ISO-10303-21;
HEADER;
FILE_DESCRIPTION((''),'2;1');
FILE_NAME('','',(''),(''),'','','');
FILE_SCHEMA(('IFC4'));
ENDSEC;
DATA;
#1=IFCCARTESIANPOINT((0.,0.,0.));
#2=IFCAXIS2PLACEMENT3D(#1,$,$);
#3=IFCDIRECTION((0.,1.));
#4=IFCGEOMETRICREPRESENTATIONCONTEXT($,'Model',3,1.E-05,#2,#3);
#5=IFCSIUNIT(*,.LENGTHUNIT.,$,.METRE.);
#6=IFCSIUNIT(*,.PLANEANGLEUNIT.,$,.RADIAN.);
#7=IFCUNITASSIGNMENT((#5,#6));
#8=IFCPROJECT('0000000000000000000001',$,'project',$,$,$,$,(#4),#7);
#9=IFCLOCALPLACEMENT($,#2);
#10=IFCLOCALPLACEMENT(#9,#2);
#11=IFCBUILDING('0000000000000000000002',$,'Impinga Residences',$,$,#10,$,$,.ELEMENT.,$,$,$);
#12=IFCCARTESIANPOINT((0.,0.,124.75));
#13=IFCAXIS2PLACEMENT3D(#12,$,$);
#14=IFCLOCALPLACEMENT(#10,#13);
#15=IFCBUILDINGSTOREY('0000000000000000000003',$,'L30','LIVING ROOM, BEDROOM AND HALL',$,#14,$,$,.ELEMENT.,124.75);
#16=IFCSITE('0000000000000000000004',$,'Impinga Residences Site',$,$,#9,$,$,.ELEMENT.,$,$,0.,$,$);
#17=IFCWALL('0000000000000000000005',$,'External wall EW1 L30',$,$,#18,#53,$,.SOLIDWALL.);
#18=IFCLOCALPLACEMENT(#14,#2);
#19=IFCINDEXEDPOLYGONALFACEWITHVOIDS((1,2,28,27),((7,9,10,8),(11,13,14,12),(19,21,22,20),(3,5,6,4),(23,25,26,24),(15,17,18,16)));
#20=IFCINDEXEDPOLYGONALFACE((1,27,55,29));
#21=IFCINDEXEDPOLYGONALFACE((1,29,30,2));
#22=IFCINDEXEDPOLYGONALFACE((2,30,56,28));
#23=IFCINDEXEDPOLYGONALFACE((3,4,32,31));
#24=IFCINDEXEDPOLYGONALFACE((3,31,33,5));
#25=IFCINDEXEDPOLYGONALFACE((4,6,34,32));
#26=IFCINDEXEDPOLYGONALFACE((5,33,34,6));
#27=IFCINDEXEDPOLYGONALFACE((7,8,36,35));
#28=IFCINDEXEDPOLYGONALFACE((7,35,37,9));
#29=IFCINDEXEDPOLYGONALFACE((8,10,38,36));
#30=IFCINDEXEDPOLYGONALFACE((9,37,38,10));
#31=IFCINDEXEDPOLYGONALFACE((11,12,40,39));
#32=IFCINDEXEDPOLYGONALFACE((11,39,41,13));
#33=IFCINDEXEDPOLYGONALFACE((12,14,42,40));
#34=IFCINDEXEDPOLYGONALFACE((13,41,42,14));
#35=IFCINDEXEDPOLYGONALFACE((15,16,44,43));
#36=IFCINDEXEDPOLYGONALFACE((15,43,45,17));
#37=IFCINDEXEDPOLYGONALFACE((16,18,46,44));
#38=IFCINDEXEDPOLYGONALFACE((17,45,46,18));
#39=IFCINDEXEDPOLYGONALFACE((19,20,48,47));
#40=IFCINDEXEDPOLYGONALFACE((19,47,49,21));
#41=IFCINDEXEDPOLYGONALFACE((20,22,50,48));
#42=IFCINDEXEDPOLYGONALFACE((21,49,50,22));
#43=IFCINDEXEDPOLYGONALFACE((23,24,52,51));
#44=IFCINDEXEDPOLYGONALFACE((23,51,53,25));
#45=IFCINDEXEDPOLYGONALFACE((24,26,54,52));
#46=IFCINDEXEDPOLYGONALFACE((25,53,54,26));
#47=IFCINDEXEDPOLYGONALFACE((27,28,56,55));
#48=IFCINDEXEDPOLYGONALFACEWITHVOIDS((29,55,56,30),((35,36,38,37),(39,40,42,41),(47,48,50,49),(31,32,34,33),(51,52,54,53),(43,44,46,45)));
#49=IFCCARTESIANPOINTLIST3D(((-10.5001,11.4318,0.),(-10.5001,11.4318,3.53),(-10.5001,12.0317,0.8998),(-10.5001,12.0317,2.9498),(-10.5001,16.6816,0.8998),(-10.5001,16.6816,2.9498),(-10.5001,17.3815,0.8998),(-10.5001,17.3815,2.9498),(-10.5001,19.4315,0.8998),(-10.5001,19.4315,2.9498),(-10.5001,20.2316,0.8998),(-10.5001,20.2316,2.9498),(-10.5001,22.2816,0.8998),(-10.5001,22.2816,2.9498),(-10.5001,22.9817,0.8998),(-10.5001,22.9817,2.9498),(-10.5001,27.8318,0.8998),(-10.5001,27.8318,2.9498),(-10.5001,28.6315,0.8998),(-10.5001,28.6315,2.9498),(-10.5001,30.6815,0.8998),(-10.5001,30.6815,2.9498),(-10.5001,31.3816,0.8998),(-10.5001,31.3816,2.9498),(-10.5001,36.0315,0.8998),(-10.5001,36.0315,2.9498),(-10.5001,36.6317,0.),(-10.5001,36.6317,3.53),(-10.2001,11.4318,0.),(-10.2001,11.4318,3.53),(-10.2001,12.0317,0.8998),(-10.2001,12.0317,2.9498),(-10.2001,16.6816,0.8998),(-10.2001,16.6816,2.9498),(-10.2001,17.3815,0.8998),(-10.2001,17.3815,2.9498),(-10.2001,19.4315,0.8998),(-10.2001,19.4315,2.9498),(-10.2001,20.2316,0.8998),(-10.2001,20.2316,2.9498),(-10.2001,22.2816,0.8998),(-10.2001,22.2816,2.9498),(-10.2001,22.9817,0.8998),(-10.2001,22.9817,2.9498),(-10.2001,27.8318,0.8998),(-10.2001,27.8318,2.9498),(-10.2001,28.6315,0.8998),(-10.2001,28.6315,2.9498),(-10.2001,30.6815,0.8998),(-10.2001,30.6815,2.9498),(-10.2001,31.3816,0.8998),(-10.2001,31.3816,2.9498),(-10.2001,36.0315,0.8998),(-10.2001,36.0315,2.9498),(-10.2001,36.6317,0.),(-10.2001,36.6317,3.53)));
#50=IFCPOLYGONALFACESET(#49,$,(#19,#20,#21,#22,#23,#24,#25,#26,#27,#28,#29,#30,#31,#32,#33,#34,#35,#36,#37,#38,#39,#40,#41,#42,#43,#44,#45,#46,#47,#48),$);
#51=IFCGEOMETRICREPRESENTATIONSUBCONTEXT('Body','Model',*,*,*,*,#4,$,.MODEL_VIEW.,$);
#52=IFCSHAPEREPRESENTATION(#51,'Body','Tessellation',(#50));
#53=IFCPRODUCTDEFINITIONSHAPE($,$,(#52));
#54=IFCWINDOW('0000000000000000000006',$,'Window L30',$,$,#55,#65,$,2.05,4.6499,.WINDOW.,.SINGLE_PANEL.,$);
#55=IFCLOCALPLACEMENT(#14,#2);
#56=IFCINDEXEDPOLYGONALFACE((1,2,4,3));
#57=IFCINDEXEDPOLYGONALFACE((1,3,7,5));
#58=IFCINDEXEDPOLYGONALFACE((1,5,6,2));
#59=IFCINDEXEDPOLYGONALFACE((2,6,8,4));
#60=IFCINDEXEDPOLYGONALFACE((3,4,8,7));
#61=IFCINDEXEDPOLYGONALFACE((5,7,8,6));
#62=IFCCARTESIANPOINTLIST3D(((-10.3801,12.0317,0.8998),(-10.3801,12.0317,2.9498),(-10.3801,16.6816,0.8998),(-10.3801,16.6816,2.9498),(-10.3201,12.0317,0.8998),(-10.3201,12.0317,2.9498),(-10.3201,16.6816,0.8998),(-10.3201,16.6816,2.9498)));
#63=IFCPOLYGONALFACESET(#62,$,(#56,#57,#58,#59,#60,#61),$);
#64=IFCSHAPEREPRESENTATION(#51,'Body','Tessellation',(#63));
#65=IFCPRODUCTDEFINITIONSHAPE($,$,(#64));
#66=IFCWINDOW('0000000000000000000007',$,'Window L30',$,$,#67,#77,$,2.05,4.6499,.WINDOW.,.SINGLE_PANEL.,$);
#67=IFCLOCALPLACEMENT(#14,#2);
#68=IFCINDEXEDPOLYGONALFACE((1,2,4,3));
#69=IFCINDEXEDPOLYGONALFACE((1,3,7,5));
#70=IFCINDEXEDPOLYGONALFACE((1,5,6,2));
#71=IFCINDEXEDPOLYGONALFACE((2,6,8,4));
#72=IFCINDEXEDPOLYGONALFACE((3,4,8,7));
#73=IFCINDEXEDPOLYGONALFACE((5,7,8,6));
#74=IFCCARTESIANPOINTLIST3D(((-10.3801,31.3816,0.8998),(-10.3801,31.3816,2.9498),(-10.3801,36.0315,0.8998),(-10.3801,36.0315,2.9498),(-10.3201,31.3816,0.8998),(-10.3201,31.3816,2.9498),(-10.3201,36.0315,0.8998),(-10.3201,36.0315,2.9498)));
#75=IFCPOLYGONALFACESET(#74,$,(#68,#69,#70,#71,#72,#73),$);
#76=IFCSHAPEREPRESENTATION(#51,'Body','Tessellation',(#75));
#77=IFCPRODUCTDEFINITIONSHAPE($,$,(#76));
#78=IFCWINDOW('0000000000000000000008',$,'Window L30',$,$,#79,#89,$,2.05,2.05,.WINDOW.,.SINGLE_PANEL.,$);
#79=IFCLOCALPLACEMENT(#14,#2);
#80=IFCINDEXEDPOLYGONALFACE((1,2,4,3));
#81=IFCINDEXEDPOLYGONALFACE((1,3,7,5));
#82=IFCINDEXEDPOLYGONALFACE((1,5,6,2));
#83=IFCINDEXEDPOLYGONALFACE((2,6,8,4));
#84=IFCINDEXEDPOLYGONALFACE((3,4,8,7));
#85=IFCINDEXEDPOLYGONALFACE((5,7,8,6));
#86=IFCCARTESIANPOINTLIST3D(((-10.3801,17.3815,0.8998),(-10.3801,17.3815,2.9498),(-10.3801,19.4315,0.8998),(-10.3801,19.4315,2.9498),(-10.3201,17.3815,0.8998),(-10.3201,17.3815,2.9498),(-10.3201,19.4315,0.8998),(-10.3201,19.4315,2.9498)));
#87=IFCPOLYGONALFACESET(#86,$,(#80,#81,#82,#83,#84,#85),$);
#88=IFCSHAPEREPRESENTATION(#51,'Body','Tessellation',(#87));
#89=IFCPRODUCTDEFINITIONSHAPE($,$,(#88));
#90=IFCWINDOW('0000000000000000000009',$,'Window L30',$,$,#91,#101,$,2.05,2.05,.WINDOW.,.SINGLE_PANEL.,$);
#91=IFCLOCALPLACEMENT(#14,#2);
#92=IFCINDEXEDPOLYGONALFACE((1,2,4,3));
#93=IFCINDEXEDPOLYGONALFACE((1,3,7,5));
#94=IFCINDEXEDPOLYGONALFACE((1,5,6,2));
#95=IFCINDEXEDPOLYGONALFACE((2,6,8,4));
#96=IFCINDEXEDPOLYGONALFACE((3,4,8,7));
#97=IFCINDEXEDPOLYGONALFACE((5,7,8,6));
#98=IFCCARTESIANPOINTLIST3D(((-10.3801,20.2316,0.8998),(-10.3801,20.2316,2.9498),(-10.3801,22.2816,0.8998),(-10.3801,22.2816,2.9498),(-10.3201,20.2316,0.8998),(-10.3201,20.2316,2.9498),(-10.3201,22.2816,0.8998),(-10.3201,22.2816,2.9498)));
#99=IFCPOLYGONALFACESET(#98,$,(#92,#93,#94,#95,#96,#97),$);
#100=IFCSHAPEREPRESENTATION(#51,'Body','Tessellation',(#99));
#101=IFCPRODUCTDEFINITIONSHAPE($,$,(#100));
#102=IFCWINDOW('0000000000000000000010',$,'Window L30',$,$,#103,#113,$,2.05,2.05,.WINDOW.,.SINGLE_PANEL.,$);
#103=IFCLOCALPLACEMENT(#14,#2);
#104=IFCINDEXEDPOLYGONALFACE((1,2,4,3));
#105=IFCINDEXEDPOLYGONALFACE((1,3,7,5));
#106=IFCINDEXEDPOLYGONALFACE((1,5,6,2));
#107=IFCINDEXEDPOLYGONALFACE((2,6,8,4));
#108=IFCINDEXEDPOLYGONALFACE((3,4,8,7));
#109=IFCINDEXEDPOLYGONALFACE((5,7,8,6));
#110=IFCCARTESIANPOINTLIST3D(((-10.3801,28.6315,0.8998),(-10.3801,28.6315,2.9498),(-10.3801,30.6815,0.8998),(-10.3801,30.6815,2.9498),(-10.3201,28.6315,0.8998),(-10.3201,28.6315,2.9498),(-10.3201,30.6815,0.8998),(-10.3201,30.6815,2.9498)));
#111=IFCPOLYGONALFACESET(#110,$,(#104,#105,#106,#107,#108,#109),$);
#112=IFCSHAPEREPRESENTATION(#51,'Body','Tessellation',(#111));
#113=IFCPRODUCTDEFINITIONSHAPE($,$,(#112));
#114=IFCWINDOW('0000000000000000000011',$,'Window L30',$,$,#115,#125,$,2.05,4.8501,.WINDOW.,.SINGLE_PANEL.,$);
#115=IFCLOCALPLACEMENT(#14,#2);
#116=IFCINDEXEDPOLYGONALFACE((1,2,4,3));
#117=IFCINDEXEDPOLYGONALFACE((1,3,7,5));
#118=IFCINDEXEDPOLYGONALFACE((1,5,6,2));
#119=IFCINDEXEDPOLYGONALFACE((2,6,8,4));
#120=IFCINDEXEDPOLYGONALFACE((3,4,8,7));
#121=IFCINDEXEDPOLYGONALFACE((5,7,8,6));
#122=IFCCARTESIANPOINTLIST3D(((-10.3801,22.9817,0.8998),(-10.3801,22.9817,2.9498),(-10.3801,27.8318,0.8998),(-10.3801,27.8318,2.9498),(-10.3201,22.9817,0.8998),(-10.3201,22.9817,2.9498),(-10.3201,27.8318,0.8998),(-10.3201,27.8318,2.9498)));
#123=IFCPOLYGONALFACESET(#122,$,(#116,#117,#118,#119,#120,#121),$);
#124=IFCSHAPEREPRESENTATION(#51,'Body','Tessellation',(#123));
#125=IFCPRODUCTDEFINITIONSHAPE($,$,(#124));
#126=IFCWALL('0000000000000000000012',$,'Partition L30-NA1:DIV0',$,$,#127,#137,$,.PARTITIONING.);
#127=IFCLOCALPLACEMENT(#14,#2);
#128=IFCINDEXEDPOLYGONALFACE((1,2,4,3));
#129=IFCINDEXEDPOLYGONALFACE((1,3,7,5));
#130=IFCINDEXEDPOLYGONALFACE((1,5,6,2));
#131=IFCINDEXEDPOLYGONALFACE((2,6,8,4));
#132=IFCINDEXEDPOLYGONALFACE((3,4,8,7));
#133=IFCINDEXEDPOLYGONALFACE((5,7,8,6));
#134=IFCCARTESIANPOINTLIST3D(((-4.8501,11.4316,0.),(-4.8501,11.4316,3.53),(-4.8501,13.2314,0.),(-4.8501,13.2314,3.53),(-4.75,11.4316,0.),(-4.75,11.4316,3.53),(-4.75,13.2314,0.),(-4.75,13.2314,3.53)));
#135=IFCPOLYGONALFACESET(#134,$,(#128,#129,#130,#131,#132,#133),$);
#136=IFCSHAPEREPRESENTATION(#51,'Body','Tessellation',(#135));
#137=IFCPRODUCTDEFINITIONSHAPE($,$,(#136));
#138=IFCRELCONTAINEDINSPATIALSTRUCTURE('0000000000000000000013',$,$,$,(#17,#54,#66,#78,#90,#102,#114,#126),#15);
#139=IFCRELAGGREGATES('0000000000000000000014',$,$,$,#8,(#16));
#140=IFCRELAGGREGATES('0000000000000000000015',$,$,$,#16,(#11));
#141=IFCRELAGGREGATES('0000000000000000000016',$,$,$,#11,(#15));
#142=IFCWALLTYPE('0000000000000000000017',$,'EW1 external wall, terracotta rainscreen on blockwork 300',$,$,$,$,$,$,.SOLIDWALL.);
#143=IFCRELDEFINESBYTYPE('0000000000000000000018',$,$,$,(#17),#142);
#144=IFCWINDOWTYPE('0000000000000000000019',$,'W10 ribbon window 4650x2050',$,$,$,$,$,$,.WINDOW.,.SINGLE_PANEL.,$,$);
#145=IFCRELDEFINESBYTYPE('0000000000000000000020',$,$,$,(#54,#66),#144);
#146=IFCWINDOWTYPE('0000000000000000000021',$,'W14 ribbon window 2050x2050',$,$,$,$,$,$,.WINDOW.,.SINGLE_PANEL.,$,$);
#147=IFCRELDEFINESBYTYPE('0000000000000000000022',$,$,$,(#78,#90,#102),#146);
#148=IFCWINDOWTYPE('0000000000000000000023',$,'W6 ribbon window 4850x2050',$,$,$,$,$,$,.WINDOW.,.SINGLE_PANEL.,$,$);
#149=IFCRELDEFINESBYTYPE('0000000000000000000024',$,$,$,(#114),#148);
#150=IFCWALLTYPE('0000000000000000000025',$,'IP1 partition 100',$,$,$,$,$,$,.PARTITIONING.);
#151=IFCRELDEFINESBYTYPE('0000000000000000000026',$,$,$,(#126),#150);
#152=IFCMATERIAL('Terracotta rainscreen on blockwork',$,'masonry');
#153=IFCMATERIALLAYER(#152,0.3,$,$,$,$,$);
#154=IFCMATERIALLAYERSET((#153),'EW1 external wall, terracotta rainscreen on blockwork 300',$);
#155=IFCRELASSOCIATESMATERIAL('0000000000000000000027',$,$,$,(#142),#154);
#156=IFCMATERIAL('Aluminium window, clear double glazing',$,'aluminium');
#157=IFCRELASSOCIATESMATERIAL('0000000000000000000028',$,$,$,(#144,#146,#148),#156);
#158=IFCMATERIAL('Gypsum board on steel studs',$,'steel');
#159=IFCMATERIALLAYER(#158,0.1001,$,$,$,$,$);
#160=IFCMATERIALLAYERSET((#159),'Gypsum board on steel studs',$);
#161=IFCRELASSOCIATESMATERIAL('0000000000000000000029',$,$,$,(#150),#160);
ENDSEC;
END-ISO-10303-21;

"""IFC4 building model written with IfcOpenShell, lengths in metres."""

from ifc_helpers import new_model, si_unit, direction, frame, frame_2d, origin, place, context, subcontext, project, spatial, rectangle, extrude, material, layer, layer_set, type_object, element, fill, save


model = new_model("IFC4")

# Units and contexts
model_context = context("Model", 3, precision=1e-05, world=origin(), true_north=direction((0.0, 1.0)))
body_context = subcontext(model_context, "Body", "Model", "MODEL_VIEW")
ifc_project = project(units=[si_unit("LENGTHUNIT", "METRE"), si_unit("PLANEANGLEUNIT", "RADIAN")], contexts=[model_context])

# Site, building, storey
site_placement = place(None, origin())
site = spatial("IfcSite", under=ifc_project, at=site_placement, Name="Impinga Residences Site", CompositionType="ELEMENT", RefElevation=0.0)
building_placement = place(site_placement, origin())
building = spatial("IfcBuilding", under=site, at=building_placement, Name="Impinga Residences", CompositionType="ELEMENT")
storey_placement = place(building_placement, frame((0.0, 0.0, 124.75)))
storey = spatial("IfcBuildingStorey", under=building, at=storey_placement, Name="L30", Description="LIVING ROOM, BEDROOM AND HALL", CompositionType="ELEMENT", Elevation=124.75)

# Shared definitions
ifc_material_1 = material(Name="Terracotta rainscreen on blockwork", Category="masonry")
ifc_layer_1 = layer(ifc_material_1, 0.3)
ifc_layer_set_1 = layer_set([ifc_layer_1], Name="EW1 external wall, terracotta rainscreen on blockwork 300")
wall_type_1 = type_object("IfcWallType", Name="EW1 external wall, terracotta rainscreen on blockwork 300", PredefinedType="SOLIDWALL", material=ifc_layer_set_1)

# Wall, openings, windows
wall_1_placement = place(storey_placement, frame((-10.3501, 11.4316, 0.0), z_axis=(0.0, 0.0, 1.0), x_axis=(0.0, 1.0, 0.0)))
wall_1 = element("IfcWall", 1, at=wall_1_placement, inside=storey, type_object=wall_type_1, Name="External wall EW1 L30", PredefinedType="SOLIDWALL", context=body_context, shape_type="SweptSolid", body=[
    extrude(rectangle(XDim=25.2, YDim=0.3, at=frame_2d((12.6001, 0.0))), origin(), (0.0, 0.0, 1.0), 3.53),
])
opening_1_placement = place(wall_1_placement, frame((0.6001, 0.0, 0.8999)))
opening_1 = element("IfcOpeningElement", 2, at=opening_1_placement, cuts=wall_1, PredefinedType="OPENING", context=body_context, shape_type="SweptSolid", body=[
    extrude(rectangle(XDim=4.6499, YDim=2.05, at=frame_2d((2.325, 1.0249))), frame((0.0, 0.1599, 0.0), z_axis=(0.0, -1.0, 0.0), x_axis=(1.0, 0.0, 0.0)), (0.0, 0.0, 1.0), 0.3201),
])
opening_2_placement = place(wall_1_placement, frame((5.95, 0.0, 0.8999)))
opening_2 = element("IfcOpeningElement", 3, at=opening_2_placement, cuts=wall_1, PredefinedType="OPENING", context=body_context, shape_type="SweptSolid", body=[
    extrude(rectangle(XDim=2.05, YDim=2.05, at=frame_2d((1.0249, 1.0249))), frame((0.0, 0.1599, 0.0), z_axis=(0.0, -1.0, 0.0), x_axis=(1.0, 0.0, 0.0)), (0.0, 0.0, 1.0), 0.3201),
])
opening_3_placement = place(wall_1_placement, frame((8.8, 0.0, 0.8999)))
opening_3 = element("IfcOpeningElement", 4, at=opening_3_placement, cuts=wall_1, PredefinedType="OPENING", context=body_context, shape_type="SweptSolid", body=[
    extrude(rectangle(XDim=2.05, YDim=2.05, at=frame_2d((1.0249, 1.0249))), frame((0.0, 0.1599, 0.0), z_axis=(0.0, -1.0, 0.0), x_axis=(1.0, 0.0, 0.0)), (0.0, 0.0, 1.0), 0.3201),
])
opening_4_placement = place(wall_1_placement, frame((11.55, 0.0, 0.8999)))
opening_4 = element("IfcOpeningElement", 5, at=opening_4_placement, cuts=wall_1, PredefinedType="OPENING", context=body_context, shape_type="SweptSolid", body=[
    extrude(rectangle(XDim=4.8501, YDim=2.05, at=frame_2d((2.425, 1.0249))), frame((0.0, 0.1599, 0.0), z_axis=(0.0, -1.0, 0.0), x_axis=(1.0, 0.0, 0.0)), (0.0, 0.0, 1.0), 0.3201),
])
opening_5_placement = place(wall_1_placement, frame((17.2, 0.0, 0.8999)))
opening_5 = element("IfcOpeningElement", 6, at=opening_5_placement, cuts=wall_1, PredefinedType="OPENING", context=body_context, shape_type="SweptSolid", body=[
    extrude(rectangle(XDim=2.05, YDim=2.05, at=frame_2d((1.0249, 1.0249))), frame((0.0, 0.1599, 0.0), z_axis=(0.0, -1.0, 0.0), x_axis=(1.0, 0.0, 0.0)), (0.0, 0.0, 1.0), 0.3201),
])
opening_6_placement = place(wall_1_placement, frame((19.95, 0.0, 0.8999)))
opening_6 = element("IfcOpeningElement", 7, at=opening_6_placement, cuts=wall_1, PredefinedType="OPENING", context=body_context, shape_type="SweptSolid", body=[
    extrude(rectangle(XDim=4.6499, YDim=2.05, at=frame_2d((2.325, 1.0249))), frame((0.0, 0.1599, 0.0), z_axis=(0.0, -1.0, 0.0), x_axis=(1.0, 0.0, 0.0)), (0.0, 0.0, 1.0), 0.3201),
])
ifc_material_2 = material(Name="Aluminium window, clear double glazing", Category="aluminium")
window_type_1 = type_object("IfcWindowType", Name="W10 ribbon window 4650x2050", PartitioningType="SINGLE_PANEL", PredefinedType="WINDOW", material=ifc_material_2)
window_1_placement = place(opening_1_placement, origin())
window_1 = element("IfcWindow", 8, at=window_1_placement, inside=storey, type_object=window_type_1, Name="Window L30", OverallHeight=2.05, OverallWidth=4.6499, PartitioningType="SINGLE_PANEL", PredefinedType="WINDOW", context=body_context, shape_type="SweptSolid", body=[
    extrude(rectangle(XDim=4.6499, YDim=2.05, at=frame_2d((2.325, 1.0249))), frame((0.0, 0.03, 0.0), z_axis=(0.0, -1.0, 0.0), x_axis=(1.0, 0.0, 0.0)), (0.0, 0.0, 1.0), 0.0601),
])
fill(opening_1, window_1)
window_2_placement = place(opening_6_placement, origin())
window_2 = element("IfcWindow", 9, at=window_2_placement, inside=storey, type_object=window_type_1, Name="Window L30", OverallHeight=2.05, OverallWidth=4.6499, PartitioningType="SINGLE_PANEL", PredefinedType="WINDOW", context=body_context, shape_type="SweptSolid", body=[
    extrude(rectangle(XDim=4.6499, YDim=2.05, at=frame_2d((2.325, 1.0249))), frame((0.0, 0.03, 0.0), z_axis=(0.0, -1.0, 0.0), x_axis=(1.0, 0.0, 0.0)), (0.0, 0.0, 1.0), 0.0601),
])
fill(opening_6, window_2)
window_type_2 = type_object("IfcWindowType", Name="W14 ribbon window 2050x2050", PartitioningType="SINGLE_PANEL", PredefinedType="WINDOW", material=ifc_material_2)
window_3_placement = place(opening_2_placement, origin())
window_3 = element("IfcWindow", 10, at=window_3_placement, inside=storey, type_object=window_type_2, Name="Window L30", OverallHeight=2.05, OverallWidth=2.05, PartitioningType="SINGLE_PANEL", PredefinedType="WINDOW", context=body_context, shape_type="SweptSolid", body=[
    extrude(rectangle(XDim=2.05, YDim=2.05, at=frame_2d((1.0249, 1.0249))), frame((0.0, 0.03, 0.0), z_axis=(0.0, -1.0, 0.0), x_axis=(1.0, 0.0, 0.0)), (0.0, 0.0, 1.0), 0.0601),
])
fill(opening_2, window_3)
window_4_placement = place(opening_3_placement, origin())
window_4 = element("IfcWindow", 11, at=window_4_placement, inside=storey, type_object=window_type_2, Name="Window L30", OverallHeight=2.05, OverallWidth=2.05, PartitioningType="SINGLE_PANEL", PredefinedType="WINDOW", context=body_context, shape_type="SweptSolid", body=[
    extrude(rectangle(XDim=2.05, YDim=2.05, at=frame_2d((1.0249, 1.0249))), frame((0.0, 0.03, 0.0), z_axis=(0.0, -1.0, 0.0), x_axis=(1.0, 0.0, 0.0)), (0.0, 0.0, 1.0), 0.0601),
])
fill(opening_3, window_4)
window_5_placement = place(opening_5_placement, origin())
window_5 = element("IfcWindow", 12, at=window_5_placement, inside=storey, type_object=window_type_2, Name="Window L30", OverallHeight=2.05, OverallWidth=2.05, PartitioningType="SINGLE_PANEL", PredefinedType="WINDOW", context=body_context, shape_type="SweptSolid", body=[
    extrude(rectangle(XDim=2.05, YDim=2.05, at=frame_2d((1.0249, 1.0249))), frame((0.0, 0.03, 0.0), z_axis=(0.0, -1.0, 0.0), x_axis=(1.0, 0.0, 0.0)), (0.0, 0.0, 1.0), 0.0601),
])
fill(opening_5, window_5)
window_type_3 = type_object("IfcWindowType", Name="W6 ribbon window 4850x2050", PartitioningType="SINGLE_PANEL", PredefinedType="WINDOW", material=ifc_material_2)
window_6_placement = place(opening_4_placement, origin())
window_6 = element("IfcWindow", 13, at=window_6_placement, inside=storey, type_object=window_type_3, Name="Window L30", OverallHeight=2.05, OverallWidth=4.8501, PartitioningType="SINGLE_PANEL", PredefinedType="WINDOW", context=body_context, shape_type="SweptSolid", body=[
    extrude(rectangle(XDim=4.8501, YDim=2.05, at=frame_2d((2.425, 1.0249))), frame((0.0, 0.03, 0.0), z_axis=(0.0, -1.0, 0.0), x_axis=(1.0, 0.0, 0.0)), (0.0, 0.0, 1.0), 0.0601),
])
fill(opening_4, window_6)

# Wall
ifc_material_3 = material(Name="Gypsum board on steel studs", Category="steel")
ifc_layer_2 = layer(ifc_material_3, 0.1001)
ifc_layer_set_2 = layer_set([ifc_layer_2], Name="Gypsum board on steel studs")
wall_type_2 = type_object("IfcWallType", Name="IP1 partition 100", PredefinedType="PARTITIONING", material=ifc_layer_set_2)
wall_2_placement = place(storey_placement, frame((-4.8, 11.4316, 0.0), z_axis=(0.0, 0.0, 1.0), x_axis=(0.0, 1.0, 0.0)))
element("IfcWall", 14, at=wall_2_placement, inside=storey, type_object=wall_type_2, Name="Partition L30-NA1:DIV0", PredefinedType="PARTITIONING", context=body_context, shape_type="SweptSolid", body=[
    extrude(rectangle(XDim=1.7998, YDim=0.1001, at=frame_2d((0.8999, 0.0))), origin(), (0.0, 0.0, 1.0), 3.53),
])

save(model, "model.ifc")
